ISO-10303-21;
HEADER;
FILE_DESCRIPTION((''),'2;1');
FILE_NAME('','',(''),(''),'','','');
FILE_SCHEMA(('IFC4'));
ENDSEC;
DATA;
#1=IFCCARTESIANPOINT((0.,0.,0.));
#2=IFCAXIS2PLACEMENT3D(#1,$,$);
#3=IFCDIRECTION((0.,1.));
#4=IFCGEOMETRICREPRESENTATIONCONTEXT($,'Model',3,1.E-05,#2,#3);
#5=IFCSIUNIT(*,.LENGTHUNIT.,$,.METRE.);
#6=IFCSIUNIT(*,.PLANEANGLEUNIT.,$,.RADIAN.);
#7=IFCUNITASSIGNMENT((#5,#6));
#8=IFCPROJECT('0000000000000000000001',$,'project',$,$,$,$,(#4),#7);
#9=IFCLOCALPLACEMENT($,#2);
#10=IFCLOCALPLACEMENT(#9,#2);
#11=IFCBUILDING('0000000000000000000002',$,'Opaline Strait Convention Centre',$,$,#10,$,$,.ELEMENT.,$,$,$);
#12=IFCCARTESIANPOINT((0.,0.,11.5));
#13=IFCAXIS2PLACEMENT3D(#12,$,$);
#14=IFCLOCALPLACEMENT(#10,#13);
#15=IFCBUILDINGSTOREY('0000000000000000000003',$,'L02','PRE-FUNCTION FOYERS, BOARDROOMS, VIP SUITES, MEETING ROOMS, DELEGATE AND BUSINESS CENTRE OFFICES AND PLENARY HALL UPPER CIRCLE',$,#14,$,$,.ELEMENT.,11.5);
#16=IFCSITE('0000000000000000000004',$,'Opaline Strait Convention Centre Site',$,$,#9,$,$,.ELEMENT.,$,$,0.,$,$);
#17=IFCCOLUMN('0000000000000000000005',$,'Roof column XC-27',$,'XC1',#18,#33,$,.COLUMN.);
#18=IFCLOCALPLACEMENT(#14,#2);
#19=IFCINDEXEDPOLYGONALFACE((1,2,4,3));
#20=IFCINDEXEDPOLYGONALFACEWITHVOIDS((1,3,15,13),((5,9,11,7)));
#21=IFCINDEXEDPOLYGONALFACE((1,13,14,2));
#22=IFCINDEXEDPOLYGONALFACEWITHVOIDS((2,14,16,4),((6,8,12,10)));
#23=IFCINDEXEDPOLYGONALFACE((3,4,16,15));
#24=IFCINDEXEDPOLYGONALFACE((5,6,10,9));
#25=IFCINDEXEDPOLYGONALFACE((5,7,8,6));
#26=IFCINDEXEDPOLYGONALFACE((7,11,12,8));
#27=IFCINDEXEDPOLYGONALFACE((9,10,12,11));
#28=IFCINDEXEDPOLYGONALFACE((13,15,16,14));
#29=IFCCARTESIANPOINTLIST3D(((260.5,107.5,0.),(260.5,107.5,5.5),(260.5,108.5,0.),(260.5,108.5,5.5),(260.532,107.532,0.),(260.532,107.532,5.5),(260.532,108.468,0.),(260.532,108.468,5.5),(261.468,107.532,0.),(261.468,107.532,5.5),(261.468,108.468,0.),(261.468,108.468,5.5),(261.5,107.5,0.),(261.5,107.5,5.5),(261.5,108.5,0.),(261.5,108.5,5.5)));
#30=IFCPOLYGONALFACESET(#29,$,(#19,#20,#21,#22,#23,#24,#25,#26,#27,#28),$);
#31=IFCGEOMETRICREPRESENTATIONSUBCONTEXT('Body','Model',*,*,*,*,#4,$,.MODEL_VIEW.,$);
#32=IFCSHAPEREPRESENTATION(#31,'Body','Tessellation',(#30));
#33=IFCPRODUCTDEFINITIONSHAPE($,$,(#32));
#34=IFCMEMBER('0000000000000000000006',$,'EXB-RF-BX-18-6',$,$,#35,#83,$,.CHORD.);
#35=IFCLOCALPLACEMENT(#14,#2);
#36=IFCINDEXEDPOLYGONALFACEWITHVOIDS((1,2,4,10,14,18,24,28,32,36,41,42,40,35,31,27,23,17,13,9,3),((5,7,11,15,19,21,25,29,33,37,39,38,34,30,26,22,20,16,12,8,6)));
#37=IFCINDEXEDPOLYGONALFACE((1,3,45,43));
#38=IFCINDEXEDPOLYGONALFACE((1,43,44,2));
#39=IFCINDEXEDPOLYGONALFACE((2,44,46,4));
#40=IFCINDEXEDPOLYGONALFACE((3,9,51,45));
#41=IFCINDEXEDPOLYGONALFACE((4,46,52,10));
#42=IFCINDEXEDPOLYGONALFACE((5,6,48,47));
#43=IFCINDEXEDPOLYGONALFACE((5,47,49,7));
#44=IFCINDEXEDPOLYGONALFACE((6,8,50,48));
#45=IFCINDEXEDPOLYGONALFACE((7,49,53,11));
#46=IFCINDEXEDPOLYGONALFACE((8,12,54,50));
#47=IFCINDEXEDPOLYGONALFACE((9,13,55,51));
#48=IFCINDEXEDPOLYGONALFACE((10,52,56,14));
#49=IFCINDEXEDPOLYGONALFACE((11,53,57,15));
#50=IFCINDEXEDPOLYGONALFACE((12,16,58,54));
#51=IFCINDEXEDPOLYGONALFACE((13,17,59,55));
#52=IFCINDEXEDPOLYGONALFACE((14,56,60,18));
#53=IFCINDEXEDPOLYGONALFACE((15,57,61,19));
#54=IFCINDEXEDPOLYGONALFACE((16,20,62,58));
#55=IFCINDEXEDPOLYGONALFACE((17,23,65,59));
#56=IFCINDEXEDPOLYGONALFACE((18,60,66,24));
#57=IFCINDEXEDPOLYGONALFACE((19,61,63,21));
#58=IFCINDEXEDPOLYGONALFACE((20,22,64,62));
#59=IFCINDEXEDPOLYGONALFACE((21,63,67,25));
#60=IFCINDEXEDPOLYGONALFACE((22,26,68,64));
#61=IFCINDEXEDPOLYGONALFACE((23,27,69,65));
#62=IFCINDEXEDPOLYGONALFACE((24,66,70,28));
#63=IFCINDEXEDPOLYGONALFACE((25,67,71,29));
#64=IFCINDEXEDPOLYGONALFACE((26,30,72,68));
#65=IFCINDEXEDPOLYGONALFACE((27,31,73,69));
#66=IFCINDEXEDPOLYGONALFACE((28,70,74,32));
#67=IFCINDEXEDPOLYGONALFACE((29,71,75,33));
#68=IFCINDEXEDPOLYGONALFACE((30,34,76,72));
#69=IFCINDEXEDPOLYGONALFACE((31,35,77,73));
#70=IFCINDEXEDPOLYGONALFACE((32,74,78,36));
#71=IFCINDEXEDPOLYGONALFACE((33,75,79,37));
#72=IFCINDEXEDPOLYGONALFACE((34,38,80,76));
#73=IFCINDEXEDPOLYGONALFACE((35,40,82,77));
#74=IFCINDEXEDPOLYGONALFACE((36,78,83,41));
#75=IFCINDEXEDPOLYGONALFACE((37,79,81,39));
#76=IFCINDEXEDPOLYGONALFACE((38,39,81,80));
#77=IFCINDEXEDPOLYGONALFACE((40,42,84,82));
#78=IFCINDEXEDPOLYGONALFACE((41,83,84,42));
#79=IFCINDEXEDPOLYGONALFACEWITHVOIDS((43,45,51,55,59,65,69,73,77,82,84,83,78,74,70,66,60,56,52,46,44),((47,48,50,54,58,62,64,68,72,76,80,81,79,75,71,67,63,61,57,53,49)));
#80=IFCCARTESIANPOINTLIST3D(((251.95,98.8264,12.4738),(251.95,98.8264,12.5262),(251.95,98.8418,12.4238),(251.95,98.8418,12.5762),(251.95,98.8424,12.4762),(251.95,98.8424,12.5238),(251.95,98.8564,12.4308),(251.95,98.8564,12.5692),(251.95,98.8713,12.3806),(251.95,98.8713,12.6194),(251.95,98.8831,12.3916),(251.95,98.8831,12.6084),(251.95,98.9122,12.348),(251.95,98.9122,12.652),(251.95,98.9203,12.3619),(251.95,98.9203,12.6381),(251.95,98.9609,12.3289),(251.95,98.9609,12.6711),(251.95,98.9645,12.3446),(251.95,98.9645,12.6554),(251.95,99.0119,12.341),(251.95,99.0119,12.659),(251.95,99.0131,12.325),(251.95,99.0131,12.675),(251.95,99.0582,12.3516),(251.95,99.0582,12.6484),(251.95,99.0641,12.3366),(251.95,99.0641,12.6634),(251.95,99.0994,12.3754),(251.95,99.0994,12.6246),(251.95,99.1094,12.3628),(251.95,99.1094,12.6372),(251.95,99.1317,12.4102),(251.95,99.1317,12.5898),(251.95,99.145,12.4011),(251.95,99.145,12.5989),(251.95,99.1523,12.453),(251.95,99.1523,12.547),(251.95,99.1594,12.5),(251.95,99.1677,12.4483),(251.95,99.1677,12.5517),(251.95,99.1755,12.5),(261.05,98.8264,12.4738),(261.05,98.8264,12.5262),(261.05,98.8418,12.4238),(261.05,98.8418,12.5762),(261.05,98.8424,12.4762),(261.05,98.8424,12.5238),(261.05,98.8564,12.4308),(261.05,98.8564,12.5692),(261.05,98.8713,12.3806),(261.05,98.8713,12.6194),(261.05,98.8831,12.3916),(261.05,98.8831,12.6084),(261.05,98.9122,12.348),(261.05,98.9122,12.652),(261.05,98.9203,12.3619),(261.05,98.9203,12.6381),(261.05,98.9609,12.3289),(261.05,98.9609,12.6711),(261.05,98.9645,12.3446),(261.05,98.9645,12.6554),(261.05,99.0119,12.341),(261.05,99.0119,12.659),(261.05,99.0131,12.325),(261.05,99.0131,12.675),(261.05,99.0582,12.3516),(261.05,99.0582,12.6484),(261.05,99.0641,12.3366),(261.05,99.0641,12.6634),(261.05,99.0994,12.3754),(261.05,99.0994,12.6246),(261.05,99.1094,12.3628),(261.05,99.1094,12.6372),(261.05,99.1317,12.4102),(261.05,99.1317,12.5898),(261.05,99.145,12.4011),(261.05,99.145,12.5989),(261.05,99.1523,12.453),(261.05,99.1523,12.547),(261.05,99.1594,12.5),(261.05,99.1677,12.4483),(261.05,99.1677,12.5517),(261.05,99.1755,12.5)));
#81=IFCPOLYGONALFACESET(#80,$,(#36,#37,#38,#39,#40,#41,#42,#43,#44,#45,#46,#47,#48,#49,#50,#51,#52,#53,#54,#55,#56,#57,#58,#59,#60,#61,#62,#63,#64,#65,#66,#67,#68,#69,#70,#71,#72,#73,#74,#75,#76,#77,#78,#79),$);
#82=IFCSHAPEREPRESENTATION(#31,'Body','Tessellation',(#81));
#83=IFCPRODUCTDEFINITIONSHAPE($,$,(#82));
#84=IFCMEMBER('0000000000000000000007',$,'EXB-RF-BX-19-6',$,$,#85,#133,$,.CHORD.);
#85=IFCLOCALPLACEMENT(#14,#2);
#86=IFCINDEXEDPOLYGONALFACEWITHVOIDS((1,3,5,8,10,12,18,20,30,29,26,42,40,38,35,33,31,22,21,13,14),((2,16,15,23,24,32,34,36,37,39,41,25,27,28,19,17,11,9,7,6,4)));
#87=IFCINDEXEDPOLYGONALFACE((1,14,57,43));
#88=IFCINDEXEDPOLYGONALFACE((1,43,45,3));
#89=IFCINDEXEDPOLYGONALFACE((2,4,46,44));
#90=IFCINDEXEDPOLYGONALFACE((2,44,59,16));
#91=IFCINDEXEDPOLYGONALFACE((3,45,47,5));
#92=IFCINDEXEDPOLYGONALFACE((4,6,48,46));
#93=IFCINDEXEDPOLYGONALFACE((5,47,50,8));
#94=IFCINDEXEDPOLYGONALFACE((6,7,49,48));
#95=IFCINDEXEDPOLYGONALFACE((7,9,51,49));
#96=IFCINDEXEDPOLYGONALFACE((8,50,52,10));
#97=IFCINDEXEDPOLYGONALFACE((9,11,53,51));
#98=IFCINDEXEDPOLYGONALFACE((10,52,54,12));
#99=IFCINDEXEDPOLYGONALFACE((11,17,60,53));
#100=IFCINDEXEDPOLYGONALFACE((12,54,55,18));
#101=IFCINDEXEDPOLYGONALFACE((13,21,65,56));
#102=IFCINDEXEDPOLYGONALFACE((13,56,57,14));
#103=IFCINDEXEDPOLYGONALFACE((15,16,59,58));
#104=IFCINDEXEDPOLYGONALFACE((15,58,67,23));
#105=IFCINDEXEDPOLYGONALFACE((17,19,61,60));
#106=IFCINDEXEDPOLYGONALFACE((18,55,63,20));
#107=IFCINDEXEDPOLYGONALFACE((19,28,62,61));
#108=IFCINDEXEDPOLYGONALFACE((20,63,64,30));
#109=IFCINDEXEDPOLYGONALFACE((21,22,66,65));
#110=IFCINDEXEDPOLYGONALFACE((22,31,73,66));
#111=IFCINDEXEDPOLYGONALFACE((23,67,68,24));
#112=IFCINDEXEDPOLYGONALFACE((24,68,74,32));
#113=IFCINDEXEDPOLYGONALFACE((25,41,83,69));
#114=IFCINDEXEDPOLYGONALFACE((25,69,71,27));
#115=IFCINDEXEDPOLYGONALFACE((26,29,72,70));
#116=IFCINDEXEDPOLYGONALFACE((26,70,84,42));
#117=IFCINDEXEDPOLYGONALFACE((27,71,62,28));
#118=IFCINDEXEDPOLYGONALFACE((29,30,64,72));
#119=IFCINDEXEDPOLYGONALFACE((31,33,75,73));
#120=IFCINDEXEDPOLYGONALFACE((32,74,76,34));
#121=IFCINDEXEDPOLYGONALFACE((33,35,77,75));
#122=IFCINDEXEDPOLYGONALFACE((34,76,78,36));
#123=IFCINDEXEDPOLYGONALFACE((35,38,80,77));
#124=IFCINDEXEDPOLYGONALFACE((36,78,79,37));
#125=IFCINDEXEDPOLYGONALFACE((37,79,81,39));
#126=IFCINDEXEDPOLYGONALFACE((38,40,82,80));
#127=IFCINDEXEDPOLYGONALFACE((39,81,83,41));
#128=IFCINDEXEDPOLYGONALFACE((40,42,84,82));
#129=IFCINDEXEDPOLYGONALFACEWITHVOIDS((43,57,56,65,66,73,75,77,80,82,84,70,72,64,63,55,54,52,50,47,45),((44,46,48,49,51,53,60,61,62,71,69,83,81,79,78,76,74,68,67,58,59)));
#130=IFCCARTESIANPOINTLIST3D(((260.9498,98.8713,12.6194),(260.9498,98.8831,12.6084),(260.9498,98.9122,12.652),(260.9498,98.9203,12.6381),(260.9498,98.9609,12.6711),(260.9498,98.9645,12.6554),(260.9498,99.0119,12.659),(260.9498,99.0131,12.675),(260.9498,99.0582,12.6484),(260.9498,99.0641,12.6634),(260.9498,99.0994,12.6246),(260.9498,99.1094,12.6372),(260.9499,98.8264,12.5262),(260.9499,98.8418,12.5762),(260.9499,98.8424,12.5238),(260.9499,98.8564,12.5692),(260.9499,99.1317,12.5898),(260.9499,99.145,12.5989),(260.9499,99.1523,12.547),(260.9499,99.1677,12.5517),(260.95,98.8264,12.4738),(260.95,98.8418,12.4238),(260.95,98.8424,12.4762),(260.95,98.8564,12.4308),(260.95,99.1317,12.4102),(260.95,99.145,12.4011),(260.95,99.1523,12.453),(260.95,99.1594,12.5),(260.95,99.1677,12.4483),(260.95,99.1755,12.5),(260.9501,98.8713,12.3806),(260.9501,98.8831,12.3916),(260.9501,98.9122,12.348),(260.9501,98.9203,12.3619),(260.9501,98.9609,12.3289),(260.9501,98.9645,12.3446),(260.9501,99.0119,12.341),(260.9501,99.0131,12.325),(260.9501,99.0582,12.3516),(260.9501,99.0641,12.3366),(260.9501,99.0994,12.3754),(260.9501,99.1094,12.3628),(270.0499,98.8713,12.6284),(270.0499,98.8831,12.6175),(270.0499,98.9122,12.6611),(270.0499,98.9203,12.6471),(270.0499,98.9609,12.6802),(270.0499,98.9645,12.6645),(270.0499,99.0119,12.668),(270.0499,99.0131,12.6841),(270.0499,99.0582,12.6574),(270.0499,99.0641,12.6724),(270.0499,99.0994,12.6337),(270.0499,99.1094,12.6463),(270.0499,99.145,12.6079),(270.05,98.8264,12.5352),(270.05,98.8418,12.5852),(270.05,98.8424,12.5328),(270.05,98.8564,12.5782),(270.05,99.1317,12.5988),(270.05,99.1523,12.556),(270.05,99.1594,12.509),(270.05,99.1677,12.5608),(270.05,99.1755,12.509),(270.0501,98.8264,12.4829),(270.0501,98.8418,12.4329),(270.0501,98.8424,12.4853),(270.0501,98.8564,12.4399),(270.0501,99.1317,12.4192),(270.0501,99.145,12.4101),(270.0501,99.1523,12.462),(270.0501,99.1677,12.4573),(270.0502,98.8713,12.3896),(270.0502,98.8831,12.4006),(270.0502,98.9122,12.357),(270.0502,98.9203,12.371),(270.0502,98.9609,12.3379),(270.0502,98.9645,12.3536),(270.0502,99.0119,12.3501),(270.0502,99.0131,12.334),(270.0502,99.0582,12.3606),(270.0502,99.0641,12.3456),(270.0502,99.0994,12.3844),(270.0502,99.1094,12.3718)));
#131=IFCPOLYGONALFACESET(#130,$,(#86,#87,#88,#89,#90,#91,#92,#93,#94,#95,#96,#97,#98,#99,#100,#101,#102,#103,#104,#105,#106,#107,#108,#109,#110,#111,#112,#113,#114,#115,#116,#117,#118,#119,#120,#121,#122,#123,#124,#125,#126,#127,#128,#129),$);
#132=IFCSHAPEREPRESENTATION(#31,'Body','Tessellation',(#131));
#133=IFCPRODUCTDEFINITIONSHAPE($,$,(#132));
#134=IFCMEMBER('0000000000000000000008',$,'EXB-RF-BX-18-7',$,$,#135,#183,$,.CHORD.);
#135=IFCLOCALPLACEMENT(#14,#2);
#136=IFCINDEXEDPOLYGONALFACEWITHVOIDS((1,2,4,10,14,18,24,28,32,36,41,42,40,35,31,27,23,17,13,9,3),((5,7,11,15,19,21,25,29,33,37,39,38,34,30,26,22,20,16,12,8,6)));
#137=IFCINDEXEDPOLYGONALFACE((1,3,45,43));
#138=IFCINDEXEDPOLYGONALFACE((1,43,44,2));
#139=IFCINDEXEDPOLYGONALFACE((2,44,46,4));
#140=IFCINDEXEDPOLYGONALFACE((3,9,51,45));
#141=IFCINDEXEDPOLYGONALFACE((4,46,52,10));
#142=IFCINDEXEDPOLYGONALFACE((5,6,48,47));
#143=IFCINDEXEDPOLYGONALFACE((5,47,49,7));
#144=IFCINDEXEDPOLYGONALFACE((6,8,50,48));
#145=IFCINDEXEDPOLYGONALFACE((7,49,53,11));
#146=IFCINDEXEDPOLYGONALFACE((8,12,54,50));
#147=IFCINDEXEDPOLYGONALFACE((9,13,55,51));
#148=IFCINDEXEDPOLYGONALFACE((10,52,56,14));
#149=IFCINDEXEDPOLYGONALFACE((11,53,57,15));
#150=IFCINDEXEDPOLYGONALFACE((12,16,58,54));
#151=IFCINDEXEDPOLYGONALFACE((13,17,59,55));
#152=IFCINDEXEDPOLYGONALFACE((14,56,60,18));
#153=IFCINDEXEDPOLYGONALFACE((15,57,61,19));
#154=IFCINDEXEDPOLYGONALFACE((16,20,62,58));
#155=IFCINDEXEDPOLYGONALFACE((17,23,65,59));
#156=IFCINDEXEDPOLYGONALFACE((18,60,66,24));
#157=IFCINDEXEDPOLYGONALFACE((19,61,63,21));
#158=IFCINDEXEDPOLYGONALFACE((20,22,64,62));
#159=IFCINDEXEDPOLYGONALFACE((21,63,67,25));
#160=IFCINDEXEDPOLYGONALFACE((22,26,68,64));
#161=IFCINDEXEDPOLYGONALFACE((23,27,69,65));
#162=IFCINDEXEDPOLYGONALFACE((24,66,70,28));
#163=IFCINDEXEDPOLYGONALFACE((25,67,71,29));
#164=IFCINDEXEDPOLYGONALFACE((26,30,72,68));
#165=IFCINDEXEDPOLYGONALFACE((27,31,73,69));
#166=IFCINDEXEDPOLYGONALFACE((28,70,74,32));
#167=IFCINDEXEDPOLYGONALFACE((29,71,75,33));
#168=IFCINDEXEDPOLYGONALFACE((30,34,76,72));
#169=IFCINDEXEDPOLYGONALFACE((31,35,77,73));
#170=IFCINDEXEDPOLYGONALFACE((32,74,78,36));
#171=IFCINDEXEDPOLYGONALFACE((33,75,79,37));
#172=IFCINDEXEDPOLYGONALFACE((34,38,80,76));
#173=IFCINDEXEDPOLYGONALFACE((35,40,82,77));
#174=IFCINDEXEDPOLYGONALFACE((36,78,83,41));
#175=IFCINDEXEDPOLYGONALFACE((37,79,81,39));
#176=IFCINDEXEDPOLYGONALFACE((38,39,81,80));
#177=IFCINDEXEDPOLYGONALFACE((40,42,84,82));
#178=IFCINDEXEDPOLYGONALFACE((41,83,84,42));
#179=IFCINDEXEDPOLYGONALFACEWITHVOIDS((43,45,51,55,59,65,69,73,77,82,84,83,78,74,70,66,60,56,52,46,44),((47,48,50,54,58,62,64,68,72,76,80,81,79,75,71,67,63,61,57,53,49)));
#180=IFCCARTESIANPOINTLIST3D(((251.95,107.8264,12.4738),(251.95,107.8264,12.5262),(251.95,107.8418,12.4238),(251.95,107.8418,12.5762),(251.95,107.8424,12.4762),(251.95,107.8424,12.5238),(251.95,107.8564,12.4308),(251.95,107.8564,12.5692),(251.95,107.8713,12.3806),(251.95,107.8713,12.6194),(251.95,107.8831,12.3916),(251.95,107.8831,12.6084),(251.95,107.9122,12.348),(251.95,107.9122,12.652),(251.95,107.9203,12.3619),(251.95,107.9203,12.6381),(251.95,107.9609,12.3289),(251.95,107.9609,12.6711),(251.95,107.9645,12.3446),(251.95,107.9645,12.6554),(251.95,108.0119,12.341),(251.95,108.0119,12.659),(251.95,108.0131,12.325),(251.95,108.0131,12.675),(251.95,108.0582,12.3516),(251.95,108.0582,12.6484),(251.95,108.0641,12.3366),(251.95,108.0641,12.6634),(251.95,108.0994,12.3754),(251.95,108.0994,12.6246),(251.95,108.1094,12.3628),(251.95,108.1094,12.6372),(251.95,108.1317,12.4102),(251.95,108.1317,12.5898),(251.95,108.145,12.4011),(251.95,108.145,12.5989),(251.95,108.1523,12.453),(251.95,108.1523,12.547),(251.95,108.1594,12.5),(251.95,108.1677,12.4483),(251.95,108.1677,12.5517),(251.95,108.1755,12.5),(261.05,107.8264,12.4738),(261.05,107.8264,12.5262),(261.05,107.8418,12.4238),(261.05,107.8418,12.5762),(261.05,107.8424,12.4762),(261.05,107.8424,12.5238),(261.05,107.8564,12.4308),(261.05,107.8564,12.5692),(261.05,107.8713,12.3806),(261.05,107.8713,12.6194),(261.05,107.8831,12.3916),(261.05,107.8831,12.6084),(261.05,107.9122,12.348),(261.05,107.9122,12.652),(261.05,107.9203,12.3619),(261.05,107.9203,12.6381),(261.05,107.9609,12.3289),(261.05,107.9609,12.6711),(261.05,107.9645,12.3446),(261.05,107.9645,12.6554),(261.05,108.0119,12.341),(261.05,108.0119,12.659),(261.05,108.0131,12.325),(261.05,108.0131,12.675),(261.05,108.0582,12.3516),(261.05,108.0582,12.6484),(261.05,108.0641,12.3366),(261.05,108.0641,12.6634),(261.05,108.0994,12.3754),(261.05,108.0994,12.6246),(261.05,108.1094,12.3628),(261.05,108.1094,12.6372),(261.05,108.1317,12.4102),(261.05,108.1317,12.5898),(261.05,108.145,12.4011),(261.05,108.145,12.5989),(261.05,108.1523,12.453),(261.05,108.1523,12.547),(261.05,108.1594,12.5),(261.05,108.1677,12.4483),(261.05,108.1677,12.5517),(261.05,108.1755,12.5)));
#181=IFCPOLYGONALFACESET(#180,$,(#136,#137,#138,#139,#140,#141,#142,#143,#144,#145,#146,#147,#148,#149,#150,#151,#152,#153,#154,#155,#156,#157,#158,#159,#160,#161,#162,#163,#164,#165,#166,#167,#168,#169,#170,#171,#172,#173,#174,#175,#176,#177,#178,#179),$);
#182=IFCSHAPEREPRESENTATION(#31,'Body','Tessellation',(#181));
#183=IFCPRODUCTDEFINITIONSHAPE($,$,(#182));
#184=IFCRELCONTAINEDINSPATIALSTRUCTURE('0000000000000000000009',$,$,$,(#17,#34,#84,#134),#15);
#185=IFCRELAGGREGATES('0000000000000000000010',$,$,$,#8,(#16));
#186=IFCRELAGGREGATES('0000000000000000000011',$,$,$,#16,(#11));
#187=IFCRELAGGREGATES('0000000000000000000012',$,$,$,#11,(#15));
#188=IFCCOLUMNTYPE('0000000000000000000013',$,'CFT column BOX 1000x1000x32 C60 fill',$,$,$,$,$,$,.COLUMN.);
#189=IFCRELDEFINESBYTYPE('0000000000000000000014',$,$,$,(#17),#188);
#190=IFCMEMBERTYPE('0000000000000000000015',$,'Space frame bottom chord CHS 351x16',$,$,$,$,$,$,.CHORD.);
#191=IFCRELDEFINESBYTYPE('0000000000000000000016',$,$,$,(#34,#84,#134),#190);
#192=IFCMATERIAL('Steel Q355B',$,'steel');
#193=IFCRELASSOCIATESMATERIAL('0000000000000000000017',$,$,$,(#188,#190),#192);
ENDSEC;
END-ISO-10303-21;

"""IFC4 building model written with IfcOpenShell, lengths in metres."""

from ifc_helpers import new_model, si_unit, direction, frame, origin, origin_2d, place, context, subcontext, project, spatial, hollow_rectangle, hollow_circle, extrude, material, material_profile, profile_set, type_object, element, save


model = new_model("IFC4")

# Units and contexts
model_context = context("Model", 3, precision=1e-05, world=origin(), true_north=direction((0.0, 1.0)))
body_context = subcontext(model_context, "Body", "Model", "MODEL_VIEW")
ifc_project = project(units=[si_unit("LENGTHUNIT", "METRE"), si_unit("PLANEANGLEUNIT", "RADIAN")], contexts=[model_context])

# Site, building, storey
site_placement = place(None, origin())
site = spatial("IfcSite", under=ifc_project, at=site_placement, Name="Opaline Strait Convention Centre Site", CompositionType="ELEMENT", RefElevation=0.0)
building_placement = place(site_placement, origin())
building = spatial("IfcBuilding", under=site, at=building_placement, Name="Opaline Strait Convention Centre", CompositionType="ELEMENT")
storey_placement = place(building_placement, frame((0.0, 0.0, 11.5)))
storey = spatial("IfcBuildingStorey", under=building, at=storey_placement, Name="L02", Description="PRE-FUNCTION FOYERS, BOARDROOMS, VIP SUITES, MEETING ROOMS, DELEGATE AND BUSINESS CENTRE OFFICES AND PLENARY HALL UPPER CIRCLE", CompositionType="ELEMENT", Elevation=11.5)

# Column
ifc_material_1 = material(Name="Steel Q355B", Category="steel")
ifc_material_profile_1 = material_profile(ifc_material_1, hollow_rectangle(XDim=1.0, YDim=1.0, WallThickness=0.032, at=origin_2d()), Name="BOX 1000x1000x32")
ifc_profile_set_1 = profile_set([ifc_material_profile_1], Name="Steel Q355B")
column_type = type_object("IfcColumnType", Name="CFT column BOX 1000x1000x32 C60 fill", PredefinedType="COLUMN", material=ifc_profile_set_1)
column_placement = place(storey_placement, frame((261.0, 108.0, 0.0), z_axis=(0.0, 0.0, 1.0), x_axis=(1.0, 0.0, 0.0)))
element("IfcColumn", 1, at=column_placement, inside=storey, type_object=column_type, Name="Roof column XC-27", ObjectType="XC1", PredefinedType="COLUMN", context=body_context, shape_type="SweptSolid", body=[
    extrude(hollow_rectangle(XDim=1.0, YDim=1.0, WallThickness=0.032, at=origin_2d()), origin(), (0.0, 0.0, 1.0), 5.5),
])

# Members
ifc_material_profile_2 = material_profile(ifc_material_1, hollow_circle(Radius=0.1755, WallThickness=0.0161, at=origin_2d()), Name="CHS 351x16")
ifc_profile_set_2 = profile_set([ifc_material_profile_2], Name="Steel Q355B")
member_type_1 = type_object("IfcMemberType", Name="Space frame bottom chord CHS 351x16", PredefinedType="CHORD", material=ifc_profile_set_2)
for number, where, z_axis, x_axis, name in (
    (2, (251.95, 99.0, 12.5), (1.0, 0.0, 0.0), (0.0, 1.0, 0.0), "EXB-RF-BX-18-6"),
    (3, (260.95, 99.0, 12.5), (1.0, 0.0, 0.000993), (0.0, 1.0, 0.0), "EXB-RF-BX-19-6"),
    (4, (251.95, 108.0, 12.5), (1.0, 0.0, 0.0), (0.0, 1.0, 0.0), "EXB-RF-BX-18-7"),
):
    element("IfcMember", number, at=place(storey_placement, frame(where, z_axis=z_axis, x_axis=x_axis)), inside=storey, type_object=member_type_1, Name=name, PredefinedType="CHORD", context=body_context, shape_type="SweptSolid", body=[
        extrude(hollow_circle(Radius=0.1755, WallThickness=0.0161, at=origin_2d()), origin(), (0.0, 0.0, 1.0), 9.1001),
    ])

save(model, "model.ifc")
